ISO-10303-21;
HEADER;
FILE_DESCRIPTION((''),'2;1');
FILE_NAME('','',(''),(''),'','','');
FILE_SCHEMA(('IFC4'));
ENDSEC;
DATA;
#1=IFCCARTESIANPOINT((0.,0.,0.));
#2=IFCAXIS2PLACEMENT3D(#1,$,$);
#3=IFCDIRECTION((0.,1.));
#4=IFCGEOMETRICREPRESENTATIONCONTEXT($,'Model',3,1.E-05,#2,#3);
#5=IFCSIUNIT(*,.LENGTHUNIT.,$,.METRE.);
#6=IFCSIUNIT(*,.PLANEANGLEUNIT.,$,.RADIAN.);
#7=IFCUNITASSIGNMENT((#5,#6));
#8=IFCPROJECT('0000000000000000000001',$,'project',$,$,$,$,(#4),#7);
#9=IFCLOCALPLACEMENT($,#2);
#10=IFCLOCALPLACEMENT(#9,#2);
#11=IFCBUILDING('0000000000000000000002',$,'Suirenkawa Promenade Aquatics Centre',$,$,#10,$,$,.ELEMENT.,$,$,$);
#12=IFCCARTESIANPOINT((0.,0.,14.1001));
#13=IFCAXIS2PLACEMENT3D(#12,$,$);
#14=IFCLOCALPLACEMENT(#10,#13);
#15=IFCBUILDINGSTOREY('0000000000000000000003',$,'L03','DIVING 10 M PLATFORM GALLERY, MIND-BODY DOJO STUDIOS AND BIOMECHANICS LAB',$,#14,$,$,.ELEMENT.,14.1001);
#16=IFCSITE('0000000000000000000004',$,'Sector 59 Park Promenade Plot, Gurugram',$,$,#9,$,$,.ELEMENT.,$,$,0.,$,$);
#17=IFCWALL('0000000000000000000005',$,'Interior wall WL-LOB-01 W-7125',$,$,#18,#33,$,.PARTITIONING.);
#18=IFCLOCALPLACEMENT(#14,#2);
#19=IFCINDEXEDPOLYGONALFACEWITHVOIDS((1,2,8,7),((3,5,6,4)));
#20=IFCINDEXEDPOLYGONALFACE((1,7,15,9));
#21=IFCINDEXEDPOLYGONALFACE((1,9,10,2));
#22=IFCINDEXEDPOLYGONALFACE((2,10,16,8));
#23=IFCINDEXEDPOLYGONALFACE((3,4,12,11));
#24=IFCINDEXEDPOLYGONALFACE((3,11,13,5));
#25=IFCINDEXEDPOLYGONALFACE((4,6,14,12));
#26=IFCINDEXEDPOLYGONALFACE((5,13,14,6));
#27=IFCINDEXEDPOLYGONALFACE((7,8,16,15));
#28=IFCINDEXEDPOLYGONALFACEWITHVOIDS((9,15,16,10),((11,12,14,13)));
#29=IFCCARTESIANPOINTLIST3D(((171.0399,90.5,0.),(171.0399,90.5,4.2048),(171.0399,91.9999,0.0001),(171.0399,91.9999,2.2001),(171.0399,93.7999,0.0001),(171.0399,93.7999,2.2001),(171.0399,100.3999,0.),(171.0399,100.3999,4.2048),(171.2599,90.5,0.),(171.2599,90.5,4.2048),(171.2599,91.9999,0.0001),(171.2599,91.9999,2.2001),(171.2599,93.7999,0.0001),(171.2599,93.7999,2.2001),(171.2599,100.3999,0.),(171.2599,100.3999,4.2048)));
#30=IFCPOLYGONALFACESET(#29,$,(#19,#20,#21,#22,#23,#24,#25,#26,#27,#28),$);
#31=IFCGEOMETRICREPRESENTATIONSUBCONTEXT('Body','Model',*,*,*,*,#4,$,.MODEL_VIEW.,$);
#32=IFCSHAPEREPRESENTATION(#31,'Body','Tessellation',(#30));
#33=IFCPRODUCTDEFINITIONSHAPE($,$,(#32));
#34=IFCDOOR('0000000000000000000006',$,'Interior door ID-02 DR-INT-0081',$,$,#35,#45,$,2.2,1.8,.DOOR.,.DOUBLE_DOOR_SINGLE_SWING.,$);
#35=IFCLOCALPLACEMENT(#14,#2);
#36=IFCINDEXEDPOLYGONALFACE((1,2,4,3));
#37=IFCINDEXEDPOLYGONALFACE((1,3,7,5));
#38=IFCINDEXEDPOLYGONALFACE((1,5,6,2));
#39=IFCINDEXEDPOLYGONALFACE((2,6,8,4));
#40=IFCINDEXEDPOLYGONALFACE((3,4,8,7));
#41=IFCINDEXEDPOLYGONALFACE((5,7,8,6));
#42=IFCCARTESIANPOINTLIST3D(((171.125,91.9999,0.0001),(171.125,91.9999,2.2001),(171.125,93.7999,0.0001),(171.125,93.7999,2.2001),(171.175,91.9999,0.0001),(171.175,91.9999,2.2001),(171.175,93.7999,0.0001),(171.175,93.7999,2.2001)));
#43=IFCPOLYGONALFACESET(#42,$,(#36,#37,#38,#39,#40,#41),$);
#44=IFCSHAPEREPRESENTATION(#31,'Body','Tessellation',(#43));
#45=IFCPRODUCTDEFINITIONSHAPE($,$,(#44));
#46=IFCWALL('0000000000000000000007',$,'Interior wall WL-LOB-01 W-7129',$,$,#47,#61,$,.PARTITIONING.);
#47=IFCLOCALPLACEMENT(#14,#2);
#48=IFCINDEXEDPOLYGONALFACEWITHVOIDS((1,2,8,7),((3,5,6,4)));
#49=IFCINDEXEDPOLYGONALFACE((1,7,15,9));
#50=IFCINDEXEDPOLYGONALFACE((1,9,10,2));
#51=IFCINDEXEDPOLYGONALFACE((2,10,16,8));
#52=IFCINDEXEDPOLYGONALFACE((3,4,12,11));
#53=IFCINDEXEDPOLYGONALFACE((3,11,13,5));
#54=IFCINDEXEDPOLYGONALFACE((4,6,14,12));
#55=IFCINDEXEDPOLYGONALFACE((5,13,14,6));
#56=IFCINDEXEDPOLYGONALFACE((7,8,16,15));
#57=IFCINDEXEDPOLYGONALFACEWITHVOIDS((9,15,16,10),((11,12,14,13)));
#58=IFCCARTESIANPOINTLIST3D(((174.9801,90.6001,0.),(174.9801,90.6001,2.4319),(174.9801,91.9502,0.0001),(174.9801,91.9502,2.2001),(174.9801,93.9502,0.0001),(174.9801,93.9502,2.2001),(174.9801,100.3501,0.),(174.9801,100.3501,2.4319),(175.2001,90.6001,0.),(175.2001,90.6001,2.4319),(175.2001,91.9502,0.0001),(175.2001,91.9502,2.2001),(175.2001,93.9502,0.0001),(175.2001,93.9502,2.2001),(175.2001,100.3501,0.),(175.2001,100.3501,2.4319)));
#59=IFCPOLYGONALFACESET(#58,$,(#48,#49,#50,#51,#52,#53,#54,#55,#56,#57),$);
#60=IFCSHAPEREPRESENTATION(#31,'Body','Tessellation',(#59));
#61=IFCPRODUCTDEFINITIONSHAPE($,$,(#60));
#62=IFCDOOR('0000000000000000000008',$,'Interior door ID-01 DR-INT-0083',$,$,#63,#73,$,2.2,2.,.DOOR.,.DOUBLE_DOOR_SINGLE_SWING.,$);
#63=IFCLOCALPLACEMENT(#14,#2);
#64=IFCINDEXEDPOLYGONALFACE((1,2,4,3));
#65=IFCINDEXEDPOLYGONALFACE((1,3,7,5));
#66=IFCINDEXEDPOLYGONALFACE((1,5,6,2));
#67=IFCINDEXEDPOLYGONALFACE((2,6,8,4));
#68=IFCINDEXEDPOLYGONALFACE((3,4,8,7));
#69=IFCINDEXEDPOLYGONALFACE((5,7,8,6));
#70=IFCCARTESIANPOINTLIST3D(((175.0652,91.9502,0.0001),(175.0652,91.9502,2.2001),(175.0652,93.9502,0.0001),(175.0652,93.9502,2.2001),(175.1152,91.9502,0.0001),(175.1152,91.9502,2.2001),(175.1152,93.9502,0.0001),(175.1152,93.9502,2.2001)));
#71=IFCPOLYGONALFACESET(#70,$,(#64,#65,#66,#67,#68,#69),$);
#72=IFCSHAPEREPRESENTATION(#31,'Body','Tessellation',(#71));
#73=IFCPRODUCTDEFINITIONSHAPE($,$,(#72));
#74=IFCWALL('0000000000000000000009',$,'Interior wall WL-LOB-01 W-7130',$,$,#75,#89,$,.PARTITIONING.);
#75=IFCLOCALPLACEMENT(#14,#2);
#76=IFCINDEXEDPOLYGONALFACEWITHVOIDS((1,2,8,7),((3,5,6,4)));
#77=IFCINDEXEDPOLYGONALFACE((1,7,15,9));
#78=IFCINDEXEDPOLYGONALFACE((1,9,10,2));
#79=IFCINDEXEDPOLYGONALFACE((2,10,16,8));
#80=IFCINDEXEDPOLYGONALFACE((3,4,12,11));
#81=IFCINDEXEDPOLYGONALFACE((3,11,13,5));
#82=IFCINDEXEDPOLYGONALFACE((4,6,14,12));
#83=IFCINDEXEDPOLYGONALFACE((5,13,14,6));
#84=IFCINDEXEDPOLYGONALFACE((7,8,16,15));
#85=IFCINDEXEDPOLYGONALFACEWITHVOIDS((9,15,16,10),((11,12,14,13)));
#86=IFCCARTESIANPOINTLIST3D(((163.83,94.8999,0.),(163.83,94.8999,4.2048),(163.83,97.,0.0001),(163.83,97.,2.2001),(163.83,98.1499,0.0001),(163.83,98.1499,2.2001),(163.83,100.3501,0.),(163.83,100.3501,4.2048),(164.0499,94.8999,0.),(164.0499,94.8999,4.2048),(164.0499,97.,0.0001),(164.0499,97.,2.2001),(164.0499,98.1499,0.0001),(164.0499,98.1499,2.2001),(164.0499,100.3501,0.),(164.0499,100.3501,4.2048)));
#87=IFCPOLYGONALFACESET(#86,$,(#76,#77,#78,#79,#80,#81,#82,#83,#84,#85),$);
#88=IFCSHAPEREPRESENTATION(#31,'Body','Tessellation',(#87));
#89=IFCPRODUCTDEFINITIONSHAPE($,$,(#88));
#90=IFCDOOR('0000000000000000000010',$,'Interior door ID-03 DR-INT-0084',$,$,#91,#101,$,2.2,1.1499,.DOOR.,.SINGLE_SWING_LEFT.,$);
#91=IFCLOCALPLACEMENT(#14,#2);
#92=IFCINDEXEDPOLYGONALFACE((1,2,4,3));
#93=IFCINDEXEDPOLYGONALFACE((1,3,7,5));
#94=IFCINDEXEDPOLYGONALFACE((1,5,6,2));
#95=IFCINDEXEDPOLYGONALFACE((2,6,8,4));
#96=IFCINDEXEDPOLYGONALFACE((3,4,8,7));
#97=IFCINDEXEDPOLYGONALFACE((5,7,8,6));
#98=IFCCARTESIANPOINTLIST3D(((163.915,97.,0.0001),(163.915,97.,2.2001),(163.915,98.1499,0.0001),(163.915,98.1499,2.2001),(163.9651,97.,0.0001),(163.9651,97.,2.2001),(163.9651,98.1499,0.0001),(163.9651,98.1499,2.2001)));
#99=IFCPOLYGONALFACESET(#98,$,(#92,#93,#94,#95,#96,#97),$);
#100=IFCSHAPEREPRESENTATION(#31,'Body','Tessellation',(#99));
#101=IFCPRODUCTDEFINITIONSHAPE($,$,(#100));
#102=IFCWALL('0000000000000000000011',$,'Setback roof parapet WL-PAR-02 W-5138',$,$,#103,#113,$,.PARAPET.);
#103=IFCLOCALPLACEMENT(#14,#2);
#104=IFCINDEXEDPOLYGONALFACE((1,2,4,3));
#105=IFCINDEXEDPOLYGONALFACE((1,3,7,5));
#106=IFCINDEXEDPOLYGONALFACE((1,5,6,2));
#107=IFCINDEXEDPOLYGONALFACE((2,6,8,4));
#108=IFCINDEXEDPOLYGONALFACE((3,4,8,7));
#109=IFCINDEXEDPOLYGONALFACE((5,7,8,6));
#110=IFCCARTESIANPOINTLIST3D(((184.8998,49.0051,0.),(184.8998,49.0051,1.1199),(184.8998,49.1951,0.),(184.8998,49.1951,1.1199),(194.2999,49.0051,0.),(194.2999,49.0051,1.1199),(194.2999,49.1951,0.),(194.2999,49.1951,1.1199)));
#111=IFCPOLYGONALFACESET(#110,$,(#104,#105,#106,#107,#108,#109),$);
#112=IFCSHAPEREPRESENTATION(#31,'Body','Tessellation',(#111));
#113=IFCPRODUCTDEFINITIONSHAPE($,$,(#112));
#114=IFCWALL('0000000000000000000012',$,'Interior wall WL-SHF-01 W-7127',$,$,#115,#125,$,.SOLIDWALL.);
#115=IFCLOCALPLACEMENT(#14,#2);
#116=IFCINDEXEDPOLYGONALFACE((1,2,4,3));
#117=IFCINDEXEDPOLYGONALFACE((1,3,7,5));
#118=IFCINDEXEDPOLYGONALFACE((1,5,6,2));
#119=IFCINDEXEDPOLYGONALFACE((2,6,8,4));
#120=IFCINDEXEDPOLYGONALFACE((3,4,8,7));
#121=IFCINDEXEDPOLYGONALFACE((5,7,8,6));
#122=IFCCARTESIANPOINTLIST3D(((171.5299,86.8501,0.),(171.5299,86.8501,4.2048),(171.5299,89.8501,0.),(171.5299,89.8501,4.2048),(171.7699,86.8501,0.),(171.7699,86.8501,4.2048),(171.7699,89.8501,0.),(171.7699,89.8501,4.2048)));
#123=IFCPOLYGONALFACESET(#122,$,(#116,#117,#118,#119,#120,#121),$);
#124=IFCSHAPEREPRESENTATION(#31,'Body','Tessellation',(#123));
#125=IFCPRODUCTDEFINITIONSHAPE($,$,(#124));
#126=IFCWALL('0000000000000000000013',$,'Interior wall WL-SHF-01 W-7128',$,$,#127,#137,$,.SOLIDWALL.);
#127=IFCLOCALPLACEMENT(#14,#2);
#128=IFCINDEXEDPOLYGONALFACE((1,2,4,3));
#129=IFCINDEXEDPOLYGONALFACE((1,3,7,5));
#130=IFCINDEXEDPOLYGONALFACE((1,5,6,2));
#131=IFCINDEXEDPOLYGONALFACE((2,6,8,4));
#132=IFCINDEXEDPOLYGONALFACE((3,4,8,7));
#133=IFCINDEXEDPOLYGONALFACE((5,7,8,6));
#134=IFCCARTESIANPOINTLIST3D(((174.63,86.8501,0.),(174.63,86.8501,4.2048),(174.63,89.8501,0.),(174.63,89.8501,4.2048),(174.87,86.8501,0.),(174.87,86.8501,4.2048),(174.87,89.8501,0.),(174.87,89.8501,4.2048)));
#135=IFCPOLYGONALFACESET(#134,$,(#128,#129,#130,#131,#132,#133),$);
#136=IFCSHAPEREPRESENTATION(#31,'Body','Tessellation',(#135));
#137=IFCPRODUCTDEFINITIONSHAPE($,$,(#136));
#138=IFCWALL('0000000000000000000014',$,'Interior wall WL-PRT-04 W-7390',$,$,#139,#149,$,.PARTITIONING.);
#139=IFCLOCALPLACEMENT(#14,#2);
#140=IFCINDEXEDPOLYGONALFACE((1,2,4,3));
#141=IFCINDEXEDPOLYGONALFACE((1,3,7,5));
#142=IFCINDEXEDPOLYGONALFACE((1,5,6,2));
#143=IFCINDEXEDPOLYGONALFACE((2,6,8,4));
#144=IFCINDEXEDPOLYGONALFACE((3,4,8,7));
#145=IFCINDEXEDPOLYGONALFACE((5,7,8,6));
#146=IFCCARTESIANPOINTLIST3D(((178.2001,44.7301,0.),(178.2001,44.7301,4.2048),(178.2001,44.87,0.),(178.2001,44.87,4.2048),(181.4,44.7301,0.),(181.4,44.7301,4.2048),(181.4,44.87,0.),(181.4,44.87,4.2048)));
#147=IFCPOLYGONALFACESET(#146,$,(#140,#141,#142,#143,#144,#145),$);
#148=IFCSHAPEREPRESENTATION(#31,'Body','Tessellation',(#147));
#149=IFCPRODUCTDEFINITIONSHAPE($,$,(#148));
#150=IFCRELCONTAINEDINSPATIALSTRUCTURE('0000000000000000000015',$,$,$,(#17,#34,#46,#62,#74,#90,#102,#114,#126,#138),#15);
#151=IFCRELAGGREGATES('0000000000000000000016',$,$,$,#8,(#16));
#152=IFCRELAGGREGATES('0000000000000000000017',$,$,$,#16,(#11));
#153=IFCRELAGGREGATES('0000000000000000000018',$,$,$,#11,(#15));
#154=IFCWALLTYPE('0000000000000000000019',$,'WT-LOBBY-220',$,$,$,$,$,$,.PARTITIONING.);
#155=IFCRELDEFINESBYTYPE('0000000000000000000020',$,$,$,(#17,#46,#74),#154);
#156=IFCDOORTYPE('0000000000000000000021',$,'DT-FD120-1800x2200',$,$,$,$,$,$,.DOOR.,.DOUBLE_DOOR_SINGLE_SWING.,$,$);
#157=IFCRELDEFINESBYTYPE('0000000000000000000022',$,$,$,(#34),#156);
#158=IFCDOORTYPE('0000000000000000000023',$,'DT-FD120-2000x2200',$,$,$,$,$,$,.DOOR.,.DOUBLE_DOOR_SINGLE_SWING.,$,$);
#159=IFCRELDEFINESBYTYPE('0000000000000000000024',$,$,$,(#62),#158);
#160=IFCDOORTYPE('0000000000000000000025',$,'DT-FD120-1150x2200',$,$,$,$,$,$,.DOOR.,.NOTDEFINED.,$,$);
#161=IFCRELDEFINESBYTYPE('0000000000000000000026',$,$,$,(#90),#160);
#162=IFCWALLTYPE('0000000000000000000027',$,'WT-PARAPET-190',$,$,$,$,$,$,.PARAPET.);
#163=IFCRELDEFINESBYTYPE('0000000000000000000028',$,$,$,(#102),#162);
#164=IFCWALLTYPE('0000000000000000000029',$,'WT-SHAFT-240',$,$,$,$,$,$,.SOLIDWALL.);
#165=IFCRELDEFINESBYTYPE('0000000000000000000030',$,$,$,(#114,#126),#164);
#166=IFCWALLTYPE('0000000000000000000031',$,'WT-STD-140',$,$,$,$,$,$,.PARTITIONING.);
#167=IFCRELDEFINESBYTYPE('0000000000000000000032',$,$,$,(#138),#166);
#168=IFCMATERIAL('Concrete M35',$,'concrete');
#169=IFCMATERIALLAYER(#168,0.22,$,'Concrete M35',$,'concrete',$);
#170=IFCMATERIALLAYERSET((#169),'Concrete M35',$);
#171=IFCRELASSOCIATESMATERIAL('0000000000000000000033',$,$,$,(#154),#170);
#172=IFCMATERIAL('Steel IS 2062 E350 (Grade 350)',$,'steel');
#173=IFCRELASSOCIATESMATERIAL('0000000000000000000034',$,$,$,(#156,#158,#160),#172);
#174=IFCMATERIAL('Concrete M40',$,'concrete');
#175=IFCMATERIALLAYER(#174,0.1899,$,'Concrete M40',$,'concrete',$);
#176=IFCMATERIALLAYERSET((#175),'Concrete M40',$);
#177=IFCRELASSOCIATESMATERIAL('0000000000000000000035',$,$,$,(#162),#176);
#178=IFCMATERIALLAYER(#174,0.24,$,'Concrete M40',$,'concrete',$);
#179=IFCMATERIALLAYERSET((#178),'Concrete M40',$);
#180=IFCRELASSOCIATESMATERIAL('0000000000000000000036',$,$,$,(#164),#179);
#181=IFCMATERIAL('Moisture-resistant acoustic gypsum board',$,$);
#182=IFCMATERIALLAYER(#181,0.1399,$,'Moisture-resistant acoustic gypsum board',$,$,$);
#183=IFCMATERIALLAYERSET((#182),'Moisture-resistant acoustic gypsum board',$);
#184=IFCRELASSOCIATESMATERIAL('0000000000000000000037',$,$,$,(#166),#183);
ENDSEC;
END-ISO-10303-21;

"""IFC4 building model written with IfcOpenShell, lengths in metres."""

from ifc_helpers import new_model, si_unit, direction, frame, frame_2d, origin, place, context, subcontext, project, spatial, rectangle, extrude, material, layer, layer_set, type_object, element, fill, save


model = new_model("IFC4")

# Units and contexts
model_context = context("Model", 3, precision=1e-05, world=origin(), true_north=direction((0.0, 1.0)))
body_context = subcontext(model_context, "Body", "Model", "MODEL_VIEW")
ifc_project = project(units=[si_unit("LENGTHUNIT", "METRE"), si_unit("PLANEANGLEUNIT", "RADIAN")], contexts=[model_context])

# Site, building, storey
site_placement = place(None, origin())
site = spatial("IfcSite", under=ifc_project, at=site_placement, Name="Sector 59 Park Promenade Plot, Gurugram", CompositionType="ELEMENT", RefElevation=0.0)
building_placement = place(site_placement, origin())
building = spatial("IfcBuilding", under=site, at=building_placement, Name="Suirenkawa Promenade Aquatics Centre", CompositionType="ELEMENT")
storey_placement = place(building_placement, frame((0.0, 0.0, 14.1001)))
storey = spatial("IfcBuildingStorey", under=building, at=storey_placement, Name="L03", Description="DIVING 10 M PLATFORM GALLERY, MIND-BODY DOJO STUDIOS AND BIOMECHANICS LAB", CompositionType="ELEMENT", Elevation=14.1001)

# Shared definitions
ifc_material_1 = material(Name="Concrete M40", Category="concrete")

# Walls, openings, doors
ifc_material_2 = material(Name="Concrete M35", Category="concrete")
ifc_layer_1 = layer(ifc_material_2, 0.22, Name="Concrete M35", Category="concrete")
ifc_layer_set_1 = layer_set([ifc_layer_1], Name="Concrete M35")
wall_type_1 = type_object("IfcWallType", Name="WT-LOBBY-220", PredefinedType="PARTITIONING", material=ifc_layer_set_1)
wall_1_placement = place(storey_placement, frame((171.1499, 90.5, 0.0), z_axis=(0.0, 0.0, 1.0), x_axis=(0.0, 1.0, 0.0)))
wall_1 = element("IfcWall", 1, at=wall_1_placement, inside=storey, type_object=wall_type_1, Name="Interior wall WL-LOB-01 W-7125", PredefinedType="PARTITIONING", context=body_context, shape_type="SweptSolid", body=[
    extrude(rectangle(XDim=9.8999, YDim=0.22, at=frame_2d((4.95, 0.0))), origin(), (0.0, 0.0, 1.0), 4.2048),
])
opening_1_placement = place(wall_1_placement, frame((1.5, 0.0, 0.0)))
opening_1 = element("IfcOpeningElement", 2, at=opening_1_placement, cuts=wall_1, PredefinedType="OPENING", context=body_context, shape_type="SweptSolid", body=[
    extrude(rectangle(XDim=1.8, YDim=2.2, at=frame_2d((0.8999, 1.1001))), frame((0.0, 0.1199, 0.0), z_axis=(0.0, -1.0, 0.0), x_axis=(1.0, 0.0, 0.0)), (0.0, 0.0, 1.0), 0.24),
])
ifc_material_3 = material(Name="Steel IS 2062 E350 (Grade 350)", Category="steel")
door_type_1 = type_object("IfcDoorType", Name="DT-FD120-1800x2200", OperationType="DOUBLE_DOOR_SINGLE_SWING", PredefinedType="DOOR", material=ifc_material_3)
door_1_placement = place(opening_1_placement, origin())
door_1 = element("IfcDoor", 3, at=door_1_placement, inside=storey, type_object=door_type_1, Name="Interior door ID-02 DR-INT-0081", OperationType="DOUBLE_DOOR_SINGLE_SWING", OverallHeight=2.2, OverallWidth=1.8, PredefinedType="DOOR", context=body_context, shape_type="SweptSolid", body=[
    extrude(rectangle(XDim=1.8, YDim=2.2, at=frame_2d((0.8999, 1.1001))), frame((0.0, 0.0249, 0.0), z_axis=(0.0, -1.0, 0.0), x_axis=(1.0, 0.0, 0.0)), (0.0, 0.0, 1.0), 0.05),
])
fill(opening_1, door_1)
wall_2_placement = place(storey_placement, frame((175.0901, 90.6001, 0.0), z_axis=(0.0, 0.0, 1.0), x_axis=(0.0, 1.0, 0.0)))
wall_2 = element("IfcWall", 4, at=wall_2_placement, inside=storey, type_object=wall_type_1, Name="Interior wall WL-LOB-01 W-7129", PredefinedType="PARTITIONING", context=body_context, shape_type="SweptSolid", body=[
    extrude(rectangle(XDim=9.75, YDim=0.22, at=frame_2d((4.875, 0.0))), origin(), (0.0, 0.0, 1.0), 2.4319),
])
opening_2_placement = place(wall_2_placement, frame((1.3501, 0.0, 0.0)))
opening_2 = element("IfcOpeningElement", 5, at=opening_2_placement, cuts=wall_2, PredefinedType="OPENING", context=body_context, shape_type="SweptSolid", body=[
    extrude(rectangle(XDim=2.0, YDim=2.2, at=frame_2d((1.0, 1.1001))), frame((0.0, 0.1199, 0.0), z_axis=(0.0, -1.0, 0.0), x_axis=(1.0, 0.0, 0.0)), (0.0, 0.0, 1.0), 0.24),
])
door_type_2 = type_object("IfcDoorType", Name="DT-FD120-2000x2200", OperationType="DOUBLE_DOOR_SINGLE_SWING", PredefinedType="DOOR", material=ifc_material_3)
door_2_placement = place(opening_2_placement, origin())
door_2 = element("IfcDoor", 6, at=door_2_placement, inside=storey, type_object=door_type_2, Name="Interior door ID-01 DR-INT-0083", OperationType="DOUBLE_DOOR_SINGLE_SWING", OverallHeight=2.2, OverallWidth=2.0, PredefinedType="DOOR", context=body_context, shape_type="SweptSolid", body=[
    extrude(rectangle(XDim=2.0, YDim=2.2, at=frame_2d((1.0, 1.1001))), frame((0.0, 0.0249, 0.0), z_axis=(0.0, -1.0, 0.0), x_axis=(1.0, 0.0, 0.0)), (0.0, 0.0, 1.0), 0.05),
])
fill(opening_2, door_2)
wall_3_placement = place(storey_placement, frame((163.9399, 94.8999, 0.0), z_axis=(0.0, 0.0, 1.0), x_axis=(0.0, 1.0, 0.0)))
wall_3 = element("IfcWall", 7, at=wall_3_placement, inside=storey, type_object=wall_type_1, Name="Interior wall WL-LOB-01 W-7130", PredefinedType="PARTITIONING", context=body_context, shape_type="SweptSolid", body=[
    extrude(rectangle(XDim=5.4502, YDim=0.22, at=frame_2d((2.7251, 0.0))), origin(), (0.0, 0.0, 1.0), 4.2048),
])
opening_3_placement = place(wall_3_placement, frame((2.1001, 0.0, 0.0)))
opening_3 = element("IfcOpeningElement", 8, at=opening_3_placement, cuts=wall_3, PredefinedType="OPENING", context=body_context, shape_type="SweptSolid", body=[
    extrude(rectangle(XDim=1.1499, YDim=2.2, at=frame_2d((0.575, 1.1001))), frame((0.0, 0.1199, 0.0), z_axis=(0.0, -1.0, 0.0), x_axis=(1.0, 0.0, 0.0)), (0.0, 0.0, 1.0), 0.24),
])
door_type_3 = type_object("IfcDoorType", Name="DT-FD120-1150x2200", OperationType="NOTDEFINED", PredefinedType="DOOR", material=ifc_material_3)
door_3_placement = place(opening_3_placement, origin())
door_3 = element("IfcDoor", 9, at=door_3_placement, inside=storey, type_object=door_type_3, Name="Interior door ID-03 DR-INT-0084", OperationType="SINGLE_SWING_LEFT", OverallHeight=2.2, OverallWidth=1.1499, PredefinedType="DOOR", context=body_context, shape_type="SweptSolid", body=[
    extrude(rectangle(XDim=1.1499, YDim=2.2, at=frame_2d((0.575, 1.1001))), frame((0.0, 0.0249, 0.0), z_axis=(0.0, -1.0, 0.0), x_axis=(1.0, 0.0, 0.0)), (0.0, 0.0, 1.0), 0.05),
])
fill(opening_3, door_3)

# Wall
ifc_layer_2 = layer(ifc_material_1, 0.1899, Name="Concrete M40", Category="concrete")
ifc_layer_set_2 = layer_set([ifc_layer_2], Name="Concrete M40")
wall_type_2 = type_object("IfcWallType", Name="WT-PARAPET-190", PredefinedType="PARAPET", material=ifc_layer_set_2)
wall_4_placement = place(storey_placement, frame((194.3, 49.1001, 0.0), z_axis=(0.0, 0.0, 1.0), x_axis=(-1.0, 0.0, 0.0)))
element("IfcWall", 10, at=wall_4_placement, inside=storey, type_object=wall_type_2, Name="Setback roof parapet WL-PAR-02 W-5138", PredefinedType="PARAPET", context=body_context, shape_type="SweptSolid", body=[
    extrude(rectangle(XDim=9.4001, YDim=0.1899, at=frame_2d((4.7002, 0.0))), origin(), (0.0, 0.0, 1.0), 1.1199),
])

# Shared definitions
ifc_layer_3 = layer(ifc_material_1, 0.24, Name="Concrete M40", Category="concrete")
ifc_layer_set_3 = layer_set([ifc_layer_3], Name="Concrete M40")
wall_type_3 = type_object("IfcWallType", Name="WT-SHAFT-240", PredefinedType="SOLIDWALL", material=ifc_layer_set_3)

# Walls
for number, where, z_axis, x_axis, name in (
    (11, (171.6499, 86.8501, 0.0), (0.0, 0.0, 1.0), (0.0, 1.0, 0.0), "Interior wall WL-SHF-01 W-7127"),
    (12, (174.75, 86.8501, 0.0), (0.0, 0.0, 1.0), (0.0, 1.0, 0.0), "Interior wall WL-SHF-01 W-7128"),
):
    element("IfcWall", number, at=place(storey_placement, frame(where, z_axis=z_axis, x_axis=x_axis)), inside=storey, type_object=wall_type_3, Name=name, PredefinedType="SOLIDWALL", context=body_context, shape_type="SweptSolid", body=[
        extrude(rectangle(XDim=3.0, YDim=0.24, at=frame_2d((1.5, 0.0))), origin(), (0.0, 0.0, 1.0), 4.2048),
    ])
ifc_material_4 = material(Name="Moisture-resistant acoustic gypsum board")
ifc_layer_4 = layer(ifc_material_4, 0.1399, Name="Moisture-resistant acoustic gypsum board")
ifc_layer_set_4 = layer_set([ifc_layer_4], Name="Moisture-resistant acoustic gypsum board")
wall_type_4 = type_object("IfcWallType", Name="WT-STD-140", PredefinedType="PARTITIONING", material=ifc_layer_set_4)
wall_5_placement = place(storey_placement, frame((178.2, 44.8, 0.0), z_axis=(0.0, 0.0, 1.0), x_axis=(1.0, 0.0, 0.0)))
element("IfcWall", 13, at=wall_5_placement, inside=storey, type_object=wall_type_4, Name="Interior wall WL-PRT-04 W-7390", PredefinedType="PARTITIONING", context=body_context, shape_type="SweptSolid", body=[
    extrude(rectangle(XDim=3.2, YDim=0.1399, at=frame_2d((1.6001, 0.0))), origin(), (0.0, 0.0, 1.0), 4.2048),
])

save(model, "model.ifc")
